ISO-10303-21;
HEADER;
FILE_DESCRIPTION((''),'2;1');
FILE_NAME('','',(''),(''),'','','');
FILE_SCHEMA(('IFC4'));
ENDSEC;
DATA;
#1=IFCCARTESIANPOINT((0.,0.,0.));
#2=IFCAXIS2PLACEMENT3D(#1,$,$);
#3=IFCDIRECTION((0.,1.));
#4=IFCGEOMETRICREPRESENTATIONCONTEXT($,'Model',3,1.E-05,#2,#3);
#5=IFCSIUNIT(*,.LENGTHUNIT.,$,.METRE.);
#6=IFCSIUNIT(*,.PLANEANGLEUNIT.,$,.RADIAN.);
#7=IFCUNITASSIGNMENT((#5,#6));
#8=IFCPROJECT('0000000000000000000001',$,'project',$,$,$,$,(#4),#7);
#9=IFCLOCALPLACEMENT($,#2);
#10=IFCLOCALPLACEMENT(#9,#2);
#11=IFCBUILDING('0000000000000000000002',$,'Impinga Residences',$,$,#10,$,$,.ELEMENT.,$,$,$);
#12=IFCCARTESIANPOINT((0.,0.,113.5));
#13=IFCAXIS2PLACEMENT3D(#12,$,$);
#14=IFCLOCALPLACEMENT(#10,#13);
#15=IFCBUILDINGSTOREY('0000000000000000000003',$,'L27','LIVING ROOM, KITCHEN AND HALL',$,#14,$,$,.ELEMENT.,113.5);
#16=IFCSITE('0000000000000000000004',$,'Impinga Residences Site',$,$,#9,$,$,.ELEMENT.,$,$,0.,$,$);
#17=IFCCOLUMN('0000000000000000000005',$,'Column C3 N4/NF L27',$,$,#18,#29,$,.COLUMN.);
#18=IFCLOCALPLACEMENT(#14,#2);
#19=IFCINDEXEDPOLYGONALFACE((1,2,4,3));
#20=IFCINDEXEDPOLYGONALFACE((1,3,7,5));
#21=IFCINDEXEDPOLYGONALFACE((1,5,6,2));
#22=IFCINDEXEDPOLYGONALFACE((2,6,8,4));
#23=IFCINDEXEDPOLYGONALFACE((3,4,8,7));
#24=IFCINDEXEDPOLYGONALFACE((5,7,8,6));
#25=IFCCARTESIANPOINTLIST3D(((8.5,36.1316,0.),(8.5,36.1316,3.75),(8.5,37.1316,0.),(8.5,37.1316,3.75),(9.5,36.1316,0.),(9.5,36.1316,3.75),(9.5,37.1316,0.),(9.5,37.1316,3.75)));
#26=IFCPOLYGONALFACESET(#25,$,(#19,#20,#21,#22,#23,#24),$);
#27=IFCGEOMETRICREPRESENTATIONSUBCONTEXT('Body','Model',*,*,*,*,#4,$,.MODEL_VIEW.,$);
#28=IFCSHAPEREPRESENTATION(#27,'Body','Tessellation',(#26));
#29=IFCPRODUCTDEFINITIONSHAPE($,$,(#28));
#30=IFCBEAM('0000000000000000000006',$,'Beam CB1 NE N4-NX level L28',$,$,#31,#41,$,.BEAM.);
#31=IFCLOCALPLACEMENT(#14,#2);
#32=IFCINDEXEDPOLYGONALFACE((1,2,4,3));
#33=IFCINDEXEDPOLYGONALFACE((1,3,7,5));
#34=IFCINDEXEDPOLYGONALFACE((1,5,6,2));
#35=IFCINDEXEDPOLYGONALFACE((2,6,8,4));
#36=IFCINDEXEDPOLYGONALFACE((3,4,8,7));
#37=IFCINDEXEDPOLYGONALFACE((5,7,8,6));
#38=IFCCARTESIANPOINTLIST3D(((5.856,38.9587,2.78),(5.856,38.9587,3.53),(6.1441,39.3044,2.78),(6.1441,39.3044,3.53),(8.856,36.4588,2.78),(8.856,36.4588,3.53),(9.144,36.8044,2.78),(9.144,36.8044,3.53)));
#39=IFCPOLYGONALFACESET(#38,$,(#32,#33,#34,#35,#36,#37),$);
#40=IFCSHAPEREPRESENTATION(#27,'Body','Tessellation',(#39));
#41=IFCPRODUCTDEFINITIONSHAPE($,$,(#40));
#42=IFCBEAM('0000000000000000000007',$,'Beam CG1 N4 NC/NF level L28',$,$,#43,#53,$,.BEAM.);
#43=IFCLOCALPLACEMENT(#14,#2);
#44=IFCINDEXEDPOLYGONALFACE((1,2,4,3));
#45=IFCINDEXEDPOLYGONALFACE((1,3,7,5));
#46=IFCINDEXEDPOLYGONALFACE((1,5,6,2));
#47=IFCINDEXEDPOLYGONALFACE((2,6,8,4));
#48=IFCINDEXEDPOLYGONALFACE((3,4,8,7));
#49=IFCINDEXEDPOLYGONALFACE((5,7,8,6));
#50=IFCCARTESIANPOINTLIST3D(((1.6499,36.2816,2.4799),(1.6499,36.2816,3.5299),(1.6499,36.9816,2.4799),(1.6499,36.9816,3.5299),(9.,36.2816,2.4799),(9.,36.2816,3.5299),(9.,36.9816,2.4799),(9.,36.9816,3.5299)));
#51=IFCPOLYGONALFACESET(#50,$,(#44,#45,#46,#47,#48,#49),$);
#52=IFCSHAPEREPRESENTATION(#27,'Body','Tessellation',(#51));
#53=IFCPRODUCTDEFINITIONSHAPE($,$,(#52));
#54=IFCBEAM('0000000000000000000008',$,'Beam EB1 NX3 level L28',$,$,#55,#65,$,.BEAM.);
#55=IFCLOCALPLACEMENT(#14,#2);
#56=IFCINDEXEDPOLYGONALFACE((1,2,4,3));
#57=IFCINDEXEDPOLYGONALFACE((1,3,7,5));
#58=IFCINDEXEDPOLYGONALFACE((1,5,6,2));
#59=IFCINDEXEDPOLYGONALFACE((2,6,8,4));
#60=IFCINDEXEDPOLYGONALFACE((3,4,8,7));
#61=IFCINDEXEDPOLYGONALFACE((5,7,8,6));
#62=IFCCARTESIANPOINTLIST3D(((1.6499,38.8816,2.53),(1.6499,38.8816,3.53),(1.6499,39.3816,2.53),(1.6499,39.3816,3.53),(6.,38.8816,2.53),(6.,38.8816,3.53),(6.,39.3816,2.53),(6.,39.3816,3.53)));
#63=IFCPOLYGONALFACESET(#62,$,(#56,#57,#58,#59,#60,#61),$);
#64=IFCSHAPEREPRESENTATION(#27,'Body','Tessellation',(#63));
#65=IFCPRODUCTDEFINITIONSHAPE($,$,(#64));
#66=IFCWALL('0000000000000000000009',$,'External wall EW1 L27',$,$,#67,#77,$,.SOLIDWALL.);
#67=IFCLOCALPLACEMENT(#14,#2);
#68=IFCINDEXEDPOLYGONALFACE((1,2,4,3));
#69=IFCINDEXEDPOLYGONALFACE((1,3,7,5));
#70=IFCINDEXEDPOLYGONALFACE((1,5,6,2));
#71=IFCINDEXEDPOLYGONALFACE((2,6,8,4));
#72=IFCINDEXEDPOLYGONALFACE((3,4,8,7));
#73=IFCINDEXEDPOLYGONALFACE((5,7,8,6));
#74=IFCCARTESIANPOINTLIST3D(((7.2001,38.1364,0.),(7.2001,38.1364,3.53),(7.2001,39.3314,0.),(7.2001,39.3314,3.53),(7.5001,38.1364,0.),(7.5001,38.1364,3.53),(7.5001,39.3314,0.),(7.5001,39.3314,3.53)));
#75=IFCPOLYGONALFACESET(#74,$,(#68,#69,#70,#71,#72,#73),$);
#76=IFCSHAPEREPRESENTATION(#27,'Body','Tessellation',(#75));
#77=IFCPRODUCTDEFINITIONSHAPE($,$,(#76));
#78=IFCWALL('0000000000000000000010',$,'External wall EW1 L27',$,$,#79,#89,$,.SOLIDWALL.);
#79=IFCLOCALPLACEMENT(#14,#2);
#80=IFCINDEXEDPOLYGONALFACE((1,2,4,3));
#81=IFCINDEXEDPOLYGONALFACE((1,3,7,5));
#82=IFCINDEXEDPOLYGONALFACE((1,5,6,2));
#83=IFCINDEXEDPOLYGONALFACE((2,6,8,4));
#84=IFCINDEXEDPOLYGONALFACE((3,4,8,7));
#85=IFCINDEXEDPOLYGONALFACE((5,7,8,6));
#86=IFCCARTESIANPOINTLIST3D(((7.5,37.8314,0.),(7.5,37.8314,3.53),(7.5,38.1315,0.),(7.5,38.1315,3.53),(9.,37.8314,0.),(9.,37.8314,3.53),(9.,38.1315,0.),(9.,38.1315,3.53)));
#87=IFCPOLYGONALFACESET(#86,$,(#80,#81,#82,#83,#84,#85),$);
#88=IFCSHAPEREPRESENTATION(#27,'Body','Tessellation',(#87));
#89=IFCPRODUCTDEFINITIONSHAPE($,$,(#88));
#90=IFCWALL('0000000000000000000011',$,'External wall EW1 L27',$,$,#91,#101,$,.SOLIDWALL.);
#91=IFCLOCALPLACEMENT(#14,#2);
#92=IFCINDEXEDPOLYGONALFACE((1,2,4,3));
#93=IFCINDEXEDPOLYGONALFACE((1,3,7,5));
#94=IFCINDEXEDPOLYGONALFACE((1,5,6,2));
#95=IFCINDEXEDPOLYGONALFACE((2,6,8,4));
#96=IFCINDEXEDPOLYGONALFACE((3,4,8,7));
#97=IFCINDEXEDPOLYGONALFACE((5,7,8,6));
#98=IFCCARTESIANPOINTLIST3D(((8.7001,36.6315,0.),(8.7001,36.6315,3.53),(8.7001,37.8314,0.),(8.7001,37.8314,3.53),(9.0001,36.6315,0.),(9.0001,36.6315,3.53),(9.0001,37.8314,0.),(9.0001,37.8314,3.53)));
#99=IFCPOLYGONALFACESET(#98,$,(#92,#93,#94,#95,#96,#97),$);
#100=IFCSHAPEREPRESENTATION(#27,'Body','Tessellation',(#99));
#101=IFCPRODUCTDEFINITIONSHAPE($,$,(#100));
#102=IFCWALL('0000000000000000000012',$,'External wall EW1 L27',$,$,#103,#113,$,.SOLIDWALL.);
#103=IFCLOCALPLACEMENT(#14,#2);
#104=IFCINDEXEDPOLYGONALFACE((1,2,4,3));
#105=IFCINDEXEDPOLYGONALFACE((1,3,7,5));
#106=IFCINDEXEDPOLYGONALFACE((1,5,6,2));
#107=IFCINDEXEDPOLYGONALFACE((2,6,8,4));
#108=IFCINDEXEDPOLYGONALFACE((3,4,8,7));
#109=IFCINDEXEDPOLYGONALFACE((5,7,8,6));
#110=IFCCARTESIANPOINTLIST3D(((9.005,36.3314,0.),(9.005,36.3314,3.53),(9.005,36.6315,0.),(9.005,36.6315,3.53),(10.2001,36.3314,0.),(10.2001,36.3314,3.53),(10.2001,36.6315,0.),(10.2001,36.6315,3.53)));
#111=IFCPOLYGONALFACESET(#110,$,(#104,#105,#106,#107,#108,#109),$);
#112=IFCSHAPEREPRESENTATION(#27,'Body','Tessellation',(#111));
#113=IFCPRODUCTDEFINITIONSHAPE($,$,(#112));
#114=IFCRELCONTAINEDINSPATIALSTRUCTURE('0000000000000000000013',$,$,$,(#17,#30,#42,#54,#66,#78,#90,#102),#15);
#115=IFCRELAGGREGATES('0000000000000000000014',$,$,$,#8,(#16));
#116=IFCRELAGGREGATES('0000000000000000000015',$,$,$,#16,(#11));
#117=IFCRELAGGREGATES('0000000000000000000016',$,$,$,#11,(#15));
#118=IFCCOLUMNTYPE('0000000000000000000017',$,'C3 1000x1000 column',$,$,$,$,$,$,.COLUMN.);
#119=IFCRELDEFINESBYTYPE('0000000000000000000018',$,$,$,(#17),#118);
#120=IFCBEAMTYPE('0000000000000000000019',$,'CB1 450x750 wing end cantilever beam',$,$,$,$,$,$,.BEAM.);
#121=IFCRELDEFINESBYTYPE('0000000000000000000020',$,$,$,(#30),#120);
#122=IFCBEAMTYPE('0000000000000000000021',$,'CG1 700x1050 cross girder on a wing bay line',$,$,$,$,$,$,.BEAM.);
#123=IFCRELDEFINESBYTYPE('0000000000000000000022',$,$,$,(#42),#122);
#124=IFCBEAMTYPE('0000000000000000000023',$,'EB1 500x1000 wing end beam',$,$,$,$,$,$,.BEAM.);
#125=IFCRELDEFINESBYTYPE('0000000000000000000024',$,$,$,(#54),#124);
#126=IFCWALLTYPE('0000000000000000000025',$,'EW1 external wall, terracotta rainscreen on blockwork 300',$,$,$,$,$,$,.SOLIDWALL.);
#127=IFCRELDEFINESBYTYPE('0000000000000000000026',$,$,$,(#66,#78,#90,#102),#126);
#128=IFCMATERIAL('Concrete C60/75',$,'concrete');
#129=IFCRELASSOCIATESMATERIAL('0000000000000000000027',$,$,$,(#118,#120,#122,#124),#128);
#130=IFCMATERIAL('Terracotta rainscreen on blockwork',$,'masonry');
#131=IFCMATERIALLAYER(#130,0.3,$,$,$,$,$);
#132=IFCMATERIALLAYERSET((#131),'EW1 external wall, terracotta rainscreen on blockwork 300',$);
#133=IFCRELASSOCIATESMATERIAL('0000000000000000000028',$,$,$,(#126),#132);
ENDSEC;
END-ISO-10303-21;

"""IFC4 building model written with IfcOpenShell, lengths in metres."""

from ifc_helpers import new_model, si_unit, direction, frame, frame_2d, origin, origin_2d, place, context, subcontext, project, spatial, rectangle, extrude, material, layer, layer_set, material_profile, profile_set, type_object, element, save


model = new_model("IFC4")

# Units and contexts
model_context = context("Model", 3, precision=1e-05, world=origin(), true_north=direction((0.0, 1.0)))
body_context = subcontext(model_context, "Body", "Model", "MODEL_VIEW")
ifc_project = project(units=[si_unit("LENGTHUNIT", "METRE"), si_unit("PLANEANGLEUNIT", "RADIAN")], contexts=[model_context])

# Site, building, storey
site_placement = place(None, origin())
site = spatial("IfcSite", under=ifc_project, at=site_placement, Name="Impinga Residences Site", CompositionType="ELEMENT", RefElevation=0.0)
building_placement = place(site_placement, origin())
building = spatial("IfcBuilding", under=site, at=building_placement, Name="Impinga Residences", CompositionType="ELEMENT")
storey_placement = place(building_placement, frame((0.0, 0.0, 113.5)))
storey = spatial("IfcBuildingStorey", under=building, at=storey_placement, Name="L27", Description="LIVING ROOM, KITCHEN AND HALL", CompositionType="ELEMENT", Elevation=113.5)

# Column
ifc_material_1 = material(Name="Concrete C60/75", Category="concrete")
ifc_material_profile_1 = material_profile(ifc_material_1, rectangle(XDim=1.0, YDim=1.0, at=origin_2d()), Name="RC 1000x1000")
ifc_profile_set_1 = profile_set([ifc_material_profile_1], Name="Concrete C60/75")
column_type = type_object("IfcColumnType", Name="C3 1000x1000 column", PredefinedType="COLUMN", material=ifc_profile_set_1)
column_placement = place(storey_placement, frame((9.0, 36.6316, 0.0), z_axis=(0.0, 0.0, 1.0), x_axis=(1.0, 0.0, 0.0)))
element("IfcColumn", 1, at=column_placement, inside=storey, type_object=column_type, Name="Column C3 N4/NF L27", PredefinedType="COLUMN", context=body_context, shape_type="SweptSolid", body=[
    extrude(rectangle(XDim=1.0, YDim=1.0, at=origin_2d()), origin(), (0.0, 0.0, 1.0), 3.75),
])

# Beams
ifc_material_profile_2 = material_profile(ifc_material_1, rectangle(XDim=0.45, YDim=0.75, at=origin_2d()), Name="RC 450x750")
ifc_profile_set_2 = profile_set([ifc_material_profile_2], Name="Concrete C60/75")
beam_type_1 = type_object("IfcBeamType", Name="CB1 450x750 wing end cantilever beam", PredefinedType="BEAM", material=ifc_profile_set_2)
beam_1_placement = place(storey_placement, frame((9.0, 36.6316, 3.155), z_axis=(-0.768221, 0.640184, 0.0), x_axis=(-0.640184, -0.768221, 0.0)))
element("IfcBeam", 2, at=beam_1_placement, inside=storey, type_object=beam_type_1, Name="Beam CB1 NE N4-NX level L28", PredefinedType="BEAM", context=body_context, shape_type="SweptSolid", body=[
    extrude(rectangle(XDim=0.45, YDim=0.75, at=origin_2d()), origin(), (0.0, 0.0, 1.0), 3.905),
])
ifc_material_profile_3 = material_profile(ifc_material_1, rectangle(XDim=0.7, YDim=1.05, at=origin_2d()), Name="RC 700x1050")
ifc_profile_set_3 = profile_set([ifc_material_profile_3], Name="Concrete C60/75")
beam_type_2 = type_object("IfcBeamType", Name="CG1 700x1050 cross girder on a wing bay line", PredefinedType="BEAM", material=ifc_profile_set_3)
beam_2_placement = place(storey_placement, frame((1.6499, 36.6316, 3.0049), z_axis=(1.0, 0.0, 0.0), x_axis=(0.0, 1.0, 0.0)))
element("IfcBeam", 3, at=beam_2_placement, inside=storey, type_object=beam_type_2, Name="Beam CG1 N4 NC/NF level L28", PredefinedType="BEAM", context=body_context, shape_type="SweptSolid", body=[
    extrude(rectangle(XDim=0.7, YDim=1.05, at=origin_2d()), origin(), (0.0, 0.0, 1.0), 7.3501),
])
ifc_material_profile_4 = material_profile(ifc_material_1, rectangle(XDim=0.5, YDim=1.0, at=origin_2d()), Name="RC 500x1000")
ifc_profile_set_4 = profile_set([ifc_material_profile_4], Name="Concrete C60/75")
beam_type_3 = type_object("IfcBeamType", Name="EB1 500x1000 wing end beam", PredefinedType="BEAM", material=ifc_profile_set_4)
beam_3_placement = place(storey_placement, frame((1.6499, 39.1316, 3.03), z_axis=(1.0, 0.0, 0.0), x_axis=(0.0, 1.0, 0.0)))
element("IfcBeam", 4, at=beam_3_placement, inside=storey, type_object=beam_type_3, Name="Beam EB1 NX3 level L28", PredefinedType="BEAM", context=body_context, shape_type="SweptSolid", body=[
    extrude(rectangle(XDim=0.5, YDim=1.0, at=origin_2d()), origin(), (0.0, 0.0, 1.0), 4.3501),
])

# Walls
ifc_material_2 = material(Name="Terracotta rainscreen on blockwork", Category="masonry")
ifc_layer_1 = layer(ifc_material_2, 0.3)
ifc_layer_set_1 = layer_set([ifc_layer_1], Name="EW1 external wall, terracotta rainscreen on blockwork 300")
wall_type_1 = type_object("IfcWallType", Name="EW1 external wall, terracotta rainscreen on blockwork 300", PredefinedType="SOLIDWALL", material=ifc_layer_set_1)
wall_1_placement = place(storey_placement, frame((7.3501, 39.3315, 0.0), z_axis=(0.0, 0.0, 1.0), x_axis=(0.0, -1.0, 0.0)))
element("IfcWall", 5, at=wall_1_placement, inside=storey, type_object=wall_type_1, Name="External wall EW1 L27", PredefinedType="SOLIDWALL", context=body_context, shape_type="SweptSolid", body=[
    extrude(rectangle(XDim=1.1951, YDim=0.3, at=frame_2d((0.5977, 0.0))), origin(), (0.0, 0.0, 1.0), 3.53),
])
wall_2_placement = place(storey_placement, frame((7.5, 37.9814, 0.0), z_axis=(0.0, 0.0, 1.0), x_axis=(1.0, 0.0, 0.0)))
element("IfcWall", 6, at=wall_2_placement, inside=storey, type_object=wall_type_1, Name="External wall EW1 L27", PredefinedType="SOLIDWALL", context=body_context, shape_type="SweptSolid", body=[
    extrude(rectangle(XDim=1.5, YDim=0.3, at=frame_2d((0.75, 0.0))), origin(), (0.0, 0.0, 1.0), 3.53),
])
wall_3_placement = place(storey_placement, frame((8.8501, 37.8315, 0.0), z_axis=(0.0, 0.0, 1.0), x_axis=(0.0, -1.0, 0.0)))
element("IfcWall", 7, at=wall_3_placement, inside=storey, type_object=wall_type_1, Name="External wall EW1 L27", PredefinedType="SOLIDWALL", context=body_context, shape_type="SweptSolid", body=[
    extrude(rectangle(XDim=1.2, YDim=0.3, at=frame_2d((0.6001, 0.0))), origin(), (0.0, 0.0, 1.0), 3.53),
])
wall_4_placement = place(storey_placement, frame((9.0049, 36.4814, 0.0), z_axis=(0.0, 0.0, 1.0), x_axis=(1.0, 0.0, 0.0)))
element("IfcWall", 8, at=wall_4_placement, inside=storey, type_object=wall_type_1, Name="External wall EW1 L27", PredefinedType="SOLIDWALL", context=body_context, shape_type="SweptSolid", body=[
    extrude(rectangle(XDim=1.1951, YDim=0.3, at=frame_2d((0.5977, 0.0))), origin(), (0.0, 0.0, 1.0), 3.53),
])

save(model, "model.ifc")
